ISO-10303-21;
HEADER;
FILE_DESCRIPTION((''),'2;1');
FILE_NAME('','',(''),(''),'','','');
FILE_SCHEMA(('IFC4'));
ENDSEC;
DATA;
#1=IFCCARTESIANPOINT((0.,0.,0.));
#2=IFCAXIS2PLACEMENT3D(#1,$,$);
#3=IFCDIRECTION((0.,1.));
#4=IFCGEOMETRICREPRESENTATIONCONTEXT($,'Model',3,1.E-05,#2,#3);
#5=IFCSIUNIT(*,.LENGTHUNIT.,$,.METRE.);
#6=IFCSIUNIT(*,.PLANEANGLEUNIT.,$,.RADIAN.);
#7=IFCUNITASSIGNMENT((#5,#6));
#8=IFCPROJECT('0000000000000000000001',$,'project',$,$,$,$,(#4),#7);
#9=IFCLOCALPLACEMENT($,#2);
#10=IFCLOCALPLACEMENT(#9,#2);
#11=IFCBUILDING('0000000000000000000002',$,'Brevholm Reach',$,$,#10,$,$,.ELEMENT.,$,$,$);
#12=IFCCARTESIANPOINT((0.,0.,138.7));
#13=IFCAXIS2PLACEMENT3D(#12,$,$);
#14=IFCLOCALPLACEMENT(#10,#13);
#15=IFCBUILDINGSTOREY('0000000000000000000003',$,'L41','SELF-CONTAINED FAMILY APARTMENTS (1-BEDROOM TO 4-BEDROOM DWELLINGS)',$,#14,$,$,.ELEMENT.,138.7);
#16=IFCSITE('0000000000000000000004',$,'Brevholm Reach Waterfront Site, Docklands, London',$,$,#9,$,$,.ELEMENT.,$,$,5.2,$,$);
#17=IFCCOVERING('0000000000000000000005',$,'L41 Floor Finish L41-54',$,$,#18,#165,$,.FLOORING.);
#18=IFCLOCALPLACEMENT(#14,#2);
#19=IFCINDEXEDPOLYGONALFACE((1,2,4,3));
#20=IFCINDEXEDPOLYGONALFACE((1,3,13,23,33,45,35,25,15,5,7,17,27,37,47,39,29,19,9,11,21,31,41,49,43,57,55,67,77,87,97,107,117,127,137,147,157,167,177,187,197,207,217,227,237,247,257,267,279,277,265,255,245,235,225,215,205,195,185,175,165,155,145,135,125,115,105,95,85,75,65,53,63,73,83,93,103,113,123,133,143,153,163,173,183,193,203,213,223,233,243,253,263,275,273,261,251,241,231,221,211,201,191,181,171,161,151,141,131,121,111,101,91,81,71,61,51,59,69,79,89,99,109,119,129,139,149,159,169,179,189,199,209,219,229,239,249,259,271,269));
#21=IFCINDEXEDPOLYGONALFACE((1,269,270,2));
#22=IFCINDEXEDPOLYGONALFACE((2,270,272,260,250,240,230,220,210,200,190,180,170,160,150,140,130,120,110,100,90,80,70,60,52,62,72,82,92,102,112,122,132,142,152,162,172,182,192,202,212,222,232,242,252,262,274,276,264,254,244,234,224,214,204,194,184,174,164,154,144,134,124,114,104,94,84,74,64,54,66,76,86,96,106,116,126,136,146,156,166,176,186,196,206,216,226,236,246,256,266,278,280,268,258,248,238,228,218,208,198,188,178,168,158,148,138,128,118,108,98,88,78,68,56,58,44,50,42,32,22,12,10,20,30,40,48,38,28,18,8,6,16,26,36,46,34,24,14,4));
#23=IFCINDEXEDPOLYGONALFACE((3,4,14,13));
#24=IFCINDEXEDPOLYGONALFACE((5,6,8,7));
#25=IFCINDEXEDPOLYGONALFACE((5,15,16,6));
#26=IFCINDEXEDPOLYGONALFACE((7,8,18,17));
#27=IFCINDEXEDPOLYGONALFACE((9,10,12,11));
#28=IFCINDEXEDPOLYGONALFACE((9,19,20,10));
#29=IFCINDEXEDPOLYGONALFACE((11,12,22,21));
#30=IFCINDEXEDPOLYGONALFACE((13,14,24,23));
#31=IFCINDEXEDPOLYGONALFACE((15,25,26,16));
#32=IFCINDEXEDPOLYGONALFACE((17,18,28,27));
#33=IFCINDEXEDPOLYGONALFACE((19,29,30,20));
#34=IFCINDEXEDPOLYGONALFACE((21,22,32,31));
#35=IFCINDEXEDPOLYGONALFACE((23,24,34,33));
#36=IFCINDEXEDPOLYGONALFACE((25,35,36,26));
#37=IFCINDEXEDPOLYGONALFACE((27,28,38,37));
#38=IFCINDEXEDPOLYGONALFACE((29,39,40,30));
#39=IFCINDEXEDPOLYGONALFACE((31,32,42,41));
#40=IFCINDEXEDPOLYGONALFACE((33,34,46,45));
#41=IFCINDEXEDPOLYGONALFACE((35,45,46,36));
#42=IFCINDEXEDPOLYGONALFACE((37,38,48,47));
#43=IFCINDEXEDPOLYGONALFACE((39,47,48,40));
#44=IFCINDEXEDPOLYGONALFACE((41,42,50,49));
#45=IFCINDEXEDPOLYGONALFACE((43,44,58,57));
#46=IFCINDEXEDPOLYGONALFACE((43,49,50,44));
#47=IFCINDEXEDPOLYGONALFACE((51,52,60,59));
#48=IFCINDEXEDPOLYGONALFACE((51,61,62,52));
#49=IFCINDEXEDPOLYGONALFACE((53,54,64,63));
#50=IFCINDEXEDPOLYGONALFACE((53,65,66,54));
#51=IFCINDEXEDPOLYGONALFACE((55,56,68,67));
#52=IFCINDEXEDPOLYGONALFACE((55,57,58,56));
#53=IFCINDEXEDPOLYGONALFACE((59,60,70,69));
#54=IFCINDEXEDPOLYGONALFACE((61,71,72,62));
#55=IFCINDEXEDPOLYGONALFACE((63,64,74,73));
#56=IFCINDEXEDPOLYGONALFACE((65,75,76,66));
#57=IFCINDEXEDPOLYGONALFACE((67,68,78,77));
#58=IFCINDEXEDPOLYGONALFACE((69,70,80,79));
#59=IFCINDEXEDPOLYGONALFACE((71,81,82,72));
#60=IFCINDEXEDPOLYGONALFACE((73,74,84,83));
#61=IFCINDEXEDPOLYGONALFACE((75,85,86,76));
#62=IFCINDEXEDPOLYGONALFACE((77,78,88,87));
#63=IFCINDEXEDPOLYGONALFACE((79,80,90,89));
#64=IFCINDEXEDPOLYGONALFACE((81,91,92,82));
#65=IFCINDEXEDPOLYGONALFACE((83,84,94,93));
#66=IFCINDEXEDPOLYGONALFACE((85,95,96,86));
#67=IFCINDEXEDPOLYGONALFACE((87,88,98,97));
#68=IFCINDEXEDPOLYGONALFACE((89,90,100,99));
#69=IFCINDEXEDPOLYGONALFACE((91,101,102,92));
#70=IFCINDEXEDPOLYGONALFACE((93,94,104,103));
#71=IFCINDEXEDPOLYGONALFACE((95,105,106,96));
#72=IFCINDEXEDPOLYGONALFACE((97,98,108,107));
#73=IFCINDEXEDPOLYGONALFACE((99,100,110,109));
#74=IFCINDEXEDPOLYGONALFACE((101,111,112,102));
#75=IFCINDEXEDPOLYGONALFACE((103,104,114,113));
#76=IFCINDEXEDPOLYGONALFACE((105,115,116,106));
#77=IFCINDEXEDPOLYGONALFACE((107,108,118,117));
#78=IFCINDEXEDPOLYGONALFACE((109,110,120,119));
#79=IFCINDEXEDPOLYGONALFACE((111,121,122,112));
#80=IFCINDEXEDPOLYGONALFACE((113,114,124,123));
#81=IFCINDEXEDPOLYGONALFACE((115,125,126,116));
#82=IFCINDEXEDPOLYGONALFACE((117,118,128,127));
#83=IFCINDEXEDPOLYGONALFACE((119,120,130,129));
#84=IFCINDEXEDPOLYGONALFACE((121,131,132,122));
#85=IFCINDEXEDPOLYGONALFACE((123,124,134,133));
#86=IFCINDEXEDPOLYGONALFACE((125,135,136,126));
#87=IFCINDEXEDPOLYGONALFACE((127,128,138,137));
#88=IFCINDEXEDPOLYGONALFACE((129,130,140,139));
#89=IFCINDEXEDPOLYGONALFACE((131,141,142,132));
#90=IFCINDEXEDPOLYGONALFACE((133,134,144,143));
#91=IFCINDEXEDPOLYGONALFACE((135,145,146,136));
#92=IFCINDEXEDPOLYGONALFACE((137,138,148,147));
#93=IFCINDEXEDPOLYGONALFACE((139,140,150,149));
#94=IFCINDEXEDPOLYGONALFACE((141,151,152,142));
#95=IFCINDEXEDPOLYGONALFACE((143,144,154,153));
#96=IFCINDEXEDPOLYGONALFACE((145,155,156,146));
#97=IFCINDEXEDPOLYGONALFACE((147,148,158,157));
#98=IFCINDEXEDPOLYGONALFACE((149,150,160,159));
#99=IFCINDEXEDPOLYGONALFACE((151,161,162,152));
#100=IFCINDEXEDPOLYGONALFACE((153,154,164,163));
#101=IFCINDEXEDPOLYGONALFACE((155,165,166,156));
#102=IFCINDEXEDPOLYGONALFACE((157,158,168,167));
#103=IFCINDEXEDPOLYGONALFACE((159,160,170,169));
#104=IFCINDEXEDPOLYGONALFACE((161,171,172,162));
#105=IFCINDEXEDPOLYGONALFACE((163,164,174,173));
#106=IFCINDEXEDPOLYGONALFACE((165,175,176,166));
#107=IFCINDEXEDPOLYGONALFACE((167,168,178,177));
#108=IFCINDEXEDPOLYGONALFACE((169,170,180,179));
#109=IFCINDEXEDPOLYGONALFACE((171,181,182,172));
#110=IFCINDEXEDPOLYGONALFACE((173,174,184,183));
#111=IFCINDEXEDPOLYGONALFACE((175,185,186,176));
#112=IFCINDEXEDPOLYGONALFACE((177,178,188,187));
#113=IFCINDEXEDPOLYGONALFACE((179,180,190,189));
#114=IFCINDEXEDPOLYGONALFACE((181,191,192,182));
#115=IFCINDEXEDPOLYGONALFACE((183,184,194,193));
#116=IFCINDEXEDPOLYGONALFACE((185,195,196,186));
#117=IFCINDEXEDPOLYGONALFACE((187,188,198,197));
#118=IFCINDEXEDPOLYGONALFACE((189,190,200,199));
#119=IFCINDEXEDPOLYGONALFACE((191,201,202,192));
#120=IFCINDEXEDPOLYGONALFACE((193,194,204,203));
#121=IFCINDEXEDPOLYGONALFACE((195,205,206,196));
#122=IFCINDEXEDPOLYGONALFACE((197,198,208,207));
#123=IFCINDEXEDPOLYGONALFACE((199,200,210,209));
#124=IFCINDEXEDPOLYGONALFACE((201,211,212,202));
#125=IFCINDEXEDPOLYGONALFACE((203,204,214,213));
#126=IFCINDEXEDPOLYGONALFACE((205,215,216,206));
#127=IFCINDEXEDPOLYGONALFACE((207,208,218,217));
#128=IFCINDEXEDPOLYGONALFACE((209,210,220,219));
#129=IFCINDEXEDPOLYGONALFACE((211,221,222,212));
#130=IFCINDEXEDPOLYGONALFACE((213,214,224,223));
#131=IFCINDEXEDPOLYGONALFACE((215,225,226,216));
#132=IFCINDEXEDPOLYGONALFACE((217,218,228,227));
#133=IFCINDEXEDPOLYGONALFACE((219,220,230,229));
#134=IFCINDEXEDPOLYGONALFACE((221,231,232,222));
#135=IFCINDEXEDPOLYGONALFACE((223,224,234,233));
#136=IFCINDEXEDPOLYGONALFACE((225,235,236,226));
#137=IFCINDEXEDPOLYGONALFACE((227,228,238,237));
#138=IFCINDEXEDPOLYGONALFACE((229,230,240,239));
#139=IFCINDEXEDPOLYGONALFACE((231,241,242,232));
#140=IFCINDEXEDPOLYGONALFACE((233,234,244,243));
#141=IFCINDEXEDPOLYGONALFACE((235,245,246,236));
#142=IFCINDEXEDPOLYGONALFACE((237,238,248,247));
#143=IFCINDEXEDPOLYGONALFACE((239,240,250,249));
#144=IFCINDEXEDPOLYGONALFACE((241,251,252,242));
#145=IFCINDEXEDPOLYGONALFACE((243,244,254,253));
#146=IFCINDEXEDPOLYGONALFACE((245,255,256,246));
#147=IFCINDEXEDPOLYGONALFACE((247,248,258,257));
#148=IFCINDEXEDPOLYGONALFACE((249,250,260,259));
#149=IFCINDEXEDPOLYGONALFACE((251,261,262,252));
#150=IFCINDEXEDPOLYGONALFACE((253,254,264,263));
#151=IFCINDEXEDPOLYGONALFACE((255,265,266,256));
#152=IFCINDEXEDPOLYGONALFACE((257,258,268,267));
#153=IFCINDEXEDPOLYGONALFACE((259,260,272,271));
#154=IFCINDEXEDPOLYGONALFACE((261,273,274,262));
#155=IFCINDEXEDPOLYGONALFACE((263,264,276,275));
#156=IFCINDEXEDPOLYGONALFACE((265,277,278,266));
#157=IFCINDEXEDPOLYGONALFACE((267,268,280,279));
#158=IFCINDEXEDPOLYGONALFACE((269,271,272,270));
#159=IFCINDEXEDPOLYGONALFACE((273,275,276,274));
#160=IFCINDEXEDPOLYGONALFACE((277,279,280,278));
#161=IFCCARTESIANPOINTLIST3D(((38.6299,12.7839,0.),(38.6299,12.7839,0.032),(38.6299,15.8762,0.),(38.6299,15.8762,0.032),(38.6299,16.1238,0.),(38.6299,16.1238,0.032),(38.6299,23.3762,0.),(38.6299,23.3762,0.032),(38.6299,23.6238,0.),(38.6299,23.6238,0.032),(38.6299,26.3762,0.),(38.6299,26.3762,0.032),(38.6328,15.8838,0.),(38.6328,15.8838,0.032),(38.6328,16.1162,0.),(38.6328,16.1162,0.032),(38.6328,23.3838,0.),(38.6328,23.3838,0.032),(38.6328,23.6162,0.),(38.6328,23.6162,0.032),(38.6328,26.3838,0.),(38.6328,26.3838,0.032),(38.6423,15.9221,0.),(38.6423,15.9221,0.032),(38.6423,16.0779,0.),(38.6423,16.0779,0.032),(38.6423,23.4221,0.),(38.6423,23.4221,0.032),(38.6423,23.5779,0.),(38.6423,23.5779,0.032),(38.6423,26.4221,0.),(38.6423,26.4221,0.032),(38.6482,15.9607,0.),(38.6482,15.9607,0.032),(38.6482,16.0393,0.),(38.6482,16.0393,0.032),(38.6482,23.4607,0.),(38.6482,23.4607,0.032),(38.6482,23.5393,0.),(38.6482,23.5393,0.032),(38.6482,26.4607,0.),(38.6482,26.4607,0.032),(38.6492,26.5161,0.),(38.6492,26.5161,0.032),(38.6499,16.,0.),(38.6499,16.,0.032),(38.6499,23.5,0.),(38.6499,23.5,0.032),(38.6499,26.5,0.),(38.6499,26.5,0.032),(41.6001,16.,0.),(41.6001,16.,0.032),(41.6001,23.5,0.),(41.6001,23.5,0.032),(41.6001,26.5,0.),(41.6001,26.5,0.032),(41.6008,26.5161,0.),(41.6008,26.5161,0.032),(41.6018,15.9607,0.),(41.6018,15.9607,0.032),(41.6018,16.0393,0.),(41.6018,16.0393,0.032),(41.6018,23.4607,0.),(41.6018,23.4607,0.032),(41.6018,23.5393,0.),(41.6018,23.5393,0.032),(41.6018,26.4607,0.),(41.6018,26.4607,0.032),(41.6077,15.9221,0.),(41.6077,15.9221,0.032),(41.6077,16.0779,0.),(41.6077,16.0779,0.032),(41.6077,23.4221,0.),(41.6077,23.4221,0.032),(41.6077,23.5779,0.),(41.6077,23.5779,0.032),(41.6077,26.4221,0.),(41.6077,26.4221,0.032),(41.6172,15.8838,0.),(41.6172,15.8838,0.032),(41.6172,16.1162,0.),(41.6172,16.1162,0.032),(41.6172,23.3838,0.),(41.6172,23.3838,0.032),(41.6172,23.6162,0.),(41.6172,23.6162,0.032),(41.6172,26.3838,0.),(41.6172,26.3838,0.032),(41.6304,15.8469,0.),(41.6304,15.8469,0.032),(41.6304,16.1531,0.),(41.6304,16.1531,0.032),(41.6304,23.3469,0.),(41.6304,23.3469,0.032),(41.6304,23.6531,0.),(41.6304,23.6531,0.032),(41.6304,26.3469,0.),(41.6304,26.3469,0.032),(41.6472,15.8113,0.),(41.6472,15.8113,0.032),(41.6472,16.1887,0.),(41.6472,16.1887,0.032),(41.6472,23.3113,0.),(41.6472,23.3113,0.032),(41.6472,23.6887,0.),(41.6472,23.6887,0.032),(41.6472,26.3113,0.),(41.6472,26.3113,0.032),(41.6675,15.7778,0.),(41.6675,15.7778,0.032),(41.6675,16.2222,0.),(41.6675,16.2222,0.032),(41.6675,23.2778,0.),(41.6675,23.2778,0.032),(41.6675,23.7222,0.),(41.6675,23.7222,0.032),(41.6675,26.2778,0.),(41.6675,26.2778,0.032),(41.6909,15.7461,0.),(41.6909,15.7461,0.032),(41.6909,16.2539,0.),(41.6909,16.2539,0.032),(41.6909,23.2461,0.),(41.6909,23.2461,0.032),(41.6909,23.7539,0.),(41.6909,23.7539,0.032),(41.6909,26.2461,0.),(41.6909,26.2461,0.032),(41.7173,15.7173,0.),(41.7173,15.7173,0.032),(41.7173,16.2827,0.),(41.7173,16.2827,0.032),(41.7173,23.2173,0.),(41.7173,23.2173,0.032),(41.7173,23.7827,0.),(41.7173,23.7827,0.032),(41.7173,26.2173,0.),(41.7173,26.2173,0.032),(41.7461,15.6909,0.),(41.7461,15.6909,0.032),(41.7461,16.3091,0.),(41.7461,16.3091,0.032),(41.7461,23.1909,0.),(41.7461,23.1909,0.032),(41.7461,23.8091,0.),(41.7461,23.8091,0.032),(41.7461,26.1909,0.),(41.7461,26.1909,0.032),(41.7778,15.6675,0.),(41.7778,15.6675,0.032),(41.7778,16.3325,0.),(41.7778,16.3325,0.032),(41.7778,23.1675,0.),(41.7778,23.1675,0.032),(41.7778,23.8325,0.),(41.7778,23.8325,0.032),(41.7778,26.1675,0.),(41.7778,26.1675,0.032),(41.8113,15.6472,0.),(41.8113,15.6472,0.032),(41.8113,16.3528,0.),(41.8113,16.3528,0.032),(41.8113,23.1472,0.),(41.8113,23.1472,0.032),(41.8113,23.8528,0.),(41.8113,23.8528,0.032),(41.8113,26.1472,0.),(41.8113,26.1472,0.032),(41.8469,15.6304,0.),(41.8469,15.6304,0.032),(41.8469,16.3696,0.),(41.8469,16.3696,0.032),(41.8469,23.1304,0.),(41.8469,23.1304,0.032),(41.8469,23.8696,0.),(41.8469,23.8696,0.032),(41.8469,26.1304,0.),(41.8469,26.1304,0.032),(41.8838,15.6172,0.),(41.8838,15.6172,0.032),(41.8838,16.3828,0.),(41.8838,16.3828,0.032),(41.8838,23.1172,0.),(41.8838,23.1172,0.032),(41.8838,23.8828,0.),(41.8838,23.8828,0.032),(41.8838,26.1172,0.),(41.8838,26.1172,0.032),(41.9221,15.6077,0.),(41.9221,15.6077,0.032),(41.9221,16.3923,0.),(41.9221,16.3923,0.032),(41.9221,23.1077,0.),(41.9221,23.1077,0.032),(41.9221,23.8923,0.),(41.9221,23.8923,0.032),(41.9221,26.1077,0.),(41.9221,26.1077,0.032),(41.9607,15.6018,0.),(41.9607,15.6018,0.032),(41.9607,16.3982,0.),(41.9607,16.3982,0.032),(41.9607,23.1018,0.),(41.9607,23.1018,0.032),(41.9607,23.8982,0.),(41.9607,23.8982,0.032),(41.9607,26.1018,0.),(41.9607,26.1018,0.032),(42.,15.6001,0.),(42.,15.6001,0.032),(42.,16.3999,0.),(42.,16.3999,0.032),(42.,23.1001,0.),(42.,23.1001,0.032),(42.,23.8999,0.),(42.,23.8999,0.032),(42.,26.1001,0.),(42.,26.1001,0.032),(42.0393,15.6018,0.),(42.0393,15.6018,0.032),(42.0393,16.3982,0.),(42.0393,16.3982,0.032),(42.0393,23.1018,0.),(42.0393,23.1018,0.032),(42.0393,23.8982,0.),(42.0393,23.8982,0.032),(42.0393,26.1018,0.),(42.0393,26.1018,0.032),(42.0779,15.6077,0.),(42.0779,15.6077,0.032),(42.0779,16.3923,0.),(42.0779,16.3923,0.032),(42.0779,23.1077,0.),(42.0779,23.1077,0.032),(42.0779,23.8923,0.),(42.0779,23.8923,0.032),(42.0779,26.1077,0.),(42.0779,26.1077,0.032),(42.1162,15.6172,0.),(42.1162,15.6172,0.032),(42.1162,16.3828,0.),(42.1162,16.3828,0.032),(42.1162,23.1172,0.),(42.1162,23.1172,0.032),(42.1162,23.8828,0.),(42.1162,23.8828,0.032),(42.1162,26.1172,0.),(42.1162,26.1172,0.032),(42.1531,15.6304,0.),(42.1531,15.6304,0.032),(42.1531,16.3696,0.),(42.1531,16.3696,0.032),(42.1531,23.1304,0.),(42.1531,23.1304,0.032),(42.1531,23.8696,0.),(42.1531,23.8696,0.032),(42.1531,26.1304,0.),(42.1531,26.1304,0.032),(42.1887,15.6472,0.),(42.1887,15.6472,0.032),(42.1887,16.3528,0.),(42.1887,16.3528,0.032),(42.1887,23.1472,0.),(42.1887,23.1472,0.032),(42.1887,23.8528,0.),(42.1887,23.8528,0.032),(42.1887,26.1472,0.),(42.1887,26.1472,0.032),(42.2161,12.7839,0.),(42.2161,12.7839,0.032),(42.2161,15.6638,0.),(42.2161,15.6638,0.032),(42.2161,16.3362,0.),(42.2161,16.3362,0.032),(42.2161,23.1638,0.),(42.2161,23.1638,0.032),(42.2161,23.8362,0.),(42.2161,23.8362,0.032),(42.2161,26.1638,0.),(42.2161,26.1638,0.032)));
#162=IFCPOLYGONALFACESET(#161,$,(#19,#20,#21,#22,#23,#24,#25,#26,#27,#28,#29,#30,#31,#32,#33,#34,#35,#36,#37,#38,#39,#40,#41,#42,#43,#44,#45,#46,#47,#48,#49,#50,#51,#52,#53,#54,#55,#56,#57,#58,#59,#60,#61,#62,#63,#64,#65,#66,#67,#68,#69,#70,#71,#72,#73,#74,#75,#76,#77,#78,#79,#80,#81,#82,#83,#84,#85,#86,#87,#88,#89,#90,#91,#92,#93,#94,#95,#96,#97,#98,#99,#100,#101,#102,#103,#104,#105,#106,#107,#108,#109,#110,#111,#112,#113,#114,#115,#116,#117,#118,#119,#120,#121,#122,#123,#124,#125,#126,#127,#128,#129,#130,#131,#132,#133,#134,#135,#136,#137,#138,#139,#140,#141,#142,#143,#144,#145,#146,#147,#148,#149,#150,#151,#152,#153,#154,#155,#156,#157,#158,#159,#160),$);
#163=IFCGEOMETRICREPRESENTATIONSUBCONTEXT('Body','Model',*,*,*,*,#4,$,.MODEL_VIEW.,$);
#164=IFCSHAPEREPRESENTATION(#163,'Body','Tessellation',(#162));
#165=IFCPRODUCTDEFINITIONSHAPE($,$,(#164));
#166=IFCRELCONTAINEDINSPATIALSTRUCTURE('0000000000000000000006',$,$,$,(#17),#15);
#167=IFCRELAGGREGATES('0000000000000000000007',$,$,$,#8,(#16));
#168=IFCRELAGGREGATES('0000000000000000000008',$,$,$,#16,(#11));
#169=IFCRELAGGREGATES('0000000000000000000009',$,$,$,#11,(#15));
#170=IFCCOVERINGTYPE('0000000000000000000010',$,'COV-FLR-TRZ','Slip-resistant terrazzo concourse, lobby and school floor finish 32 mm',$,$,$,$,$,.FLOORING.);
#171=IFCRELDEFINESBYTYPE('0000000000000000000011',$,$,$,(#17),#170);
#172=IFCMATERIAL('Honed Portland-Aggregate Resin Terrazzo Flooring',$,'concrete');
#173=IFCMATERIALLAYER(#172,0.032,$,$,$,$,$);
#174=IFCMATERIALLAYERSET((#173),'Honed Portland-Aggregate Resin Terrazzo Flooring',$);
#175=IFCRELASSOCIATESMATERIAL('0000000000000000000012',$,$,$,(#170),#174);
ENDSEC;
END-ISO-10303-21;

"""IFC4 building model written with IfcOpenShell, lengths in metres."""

from ifc_helpers import new_model, si_unit, direction, frame, origin, place, context, subcontext, project, spatial, polyline, outline, extrude, material, layer, layer_set, type_object, element, save


model = new_model("IFC4")

# Units and contexts
model_context = context("Model", 3, precision=1e-05, world=origin(), true_north=direction((0.0, 1.0)))
body_context = subcontext(model_context, "Body", "Model", "MODEL_VIEW")
ifc_project = project(units=[si_unit("LENGTHUNIT", "METRE"), si_unit("PLANEANGLEUNIT", "RADIAN")], contexts=[model_context])

# Site, building, storey
site_placement = place(None, origin())
site = spatial("IfcSite", under=ifc_project, at=site_placement, Name="Brevholm Reach Waterfront Site, Docklands, London", CompositionType="ELEMENT", RefElevation=5.2)
building_placement = place(site_placement, origin())
building = spatial("IfcBuilding", under=site, at=building_placement, Name="Brevholm Reach", CompositionType="ELEMENT")
storey_placement = place(building_placement, frame((0.0, 0.0, 138.7)))
storey = spatial("IfcBuildingStorey", under=building, at=storey_placement, Name="L41", Description="SELF-CONTAINED FAMILY APARTMENTS (1-BEDROOM TO 4-BEDROOM DWELLINGS)", CompositionType="ELEMENT", Elevation=138.7)

# Covering
ifc_material_1 = material(Name="Honed Portland-Aggregate Resin Terrazzo Flooring", Category="concrete")
ifc_layer_1 = layer(ifc_material_1, 0.032)
ifc_layer_set_1 = layer_set([ifc_layer_1], Name="Honed Portland-Aggregate Resin Terrazzo Flooring")
covering_type_1 = type_object("IfcCoveringType", Name="COV-FLR-TRZ", Description="Slip-resistant terrazzo concourse, lobby and school floor finish 32 mm", PredefinedType="FLOORING", material=ifc_layer_set_1)
covering_1_placement = place(storey_placement, origin())
element("IfcCovering", 1, at=covering_1_placement, inside=storey, type_object=covering_type_1, Name="L41 Floor Finish L41-54", PredefinedType="FLOORING", context=body_context, shape_type="SweptSolid", body=[
    extrude(outline(polyline([(38.6299, 15.8762), (38.6328, 15.8838), (38.6423, 15.9221), (38.6482, 15.9607), (38.6499, 16.0), (38.6482, 16.0393), (38.6423, 16.0779), (38.6328, 16.1162), (38.6299, 16.1238), (38.6299, 23.3762), (38.6328, 23.3838), (38.6423, 23.4221), (38.6482, 23.4607), (38.6499, 23.5), (38.6482, 23.5393), (38.6423, 23.5779), (38.6328, 23.6162), (38.6299, 23.6238), (38.6299, 26.3762), (38.6328, 26.3838), (38.6423, 26.4221), (38.6482, 26.4607), (38.6499, 26.5), (38.6492, 26.5161), (41.6008, 26.5161), (41.6001, 26.5), (41.6018, 26.4607), (41.6077, 26.4221), (41.6172, 26.3838), (41.6304, 26.3469), (41.6472, 26.3113), (41.6675, 26.2778), (41.6909, 26.2461), (41.7173, 26.2173), (41.7461, 26.1909), (41.7778, 26.1675), (41.8113, 26.1472), (41.8469, 26.1304), (41.8838, 26.1172), (41.9221, 26.1077), (41.9607, 26.1018), (42.0, 26.1001), (42.0393, 26.1018), (42.0779, 26.1077), (42.1162, 26.1172), (42.1531, 26.1304), (42.1887, 26.1472), (42.2161, 26.1638), (42.2161, 23.8362), (42.1887, 23.8528), (42.1531, 23.8696), (42.1162, 23.8828), (42.0779, 23.8923), (42.0393, 23.8982), (42.0, 23.8999), (41.9607, 23.8982), (41.9221, 23.8923), (41.8838, 23.8828), (41.8469, 23.8696), (41.8113, 23.8528), (41.7778, 23.8325), (41.7461, 23.8091), (41.7173, 23.7827), (41.6909, 23.7539), (41.6675, 23.7222), (41.6472, 23.6887), (41.6304, 23.6531), (41.6172, 23.6162), (41.6077, 23.5779), (41.6018, 23.5393), (41.6001, 23.5), (41.6018, 23.4607), (41.6077, 23.4221), (41.6172, 23.3838), (41.6304, 23.3469), (41.6472, 23.3113), (41.6675, 23.2778), (41.6909, 23.2461), (41.7173, 23.2173), (41.7461, 23.1909), (41.7778, 23.1675), (41.8113, 23.1472), (41.8469, 23.1304), (41.8838, 23.1172), (41.9221, 23.1077), (41.9607, 23.1018), (42.0, 23.1001), (42.0393, 23.1018), (42.0779, 23.1077), (42.1162, 23.1172), (42.1531, 23.1304), (42.1887, 23.1472), (42.2161, 23.1638), (42.2161, 16.3362), (42.1887, 16.3528), (42.1531, 16.3696), (42.1162, 16.3828), (42.0779, 16.3923), (42.0393, 16.3982), (42.0, 16.3999), (41.9607, 16.3982), (41.9221, 16.3923), (41.8838, 16.3828), (41.8469, 16.3696), (41.8113, 16.3528), (41.7778, 16.3325), (41.7461, 16.3091), (41.7173, 16.2827), (41.6909, 16.2539), (41.6675, 16.2222), (41.6472, 16.1887), (41.6304, 16.1531), (41.6172, 16.1162), (41.6077, 16.0779), (41.6018, 16.0393), (41.6001, 16.0), (41.6018, 15.9607), (41.6077, 15.9221), (41.6172, 15.8838), (41.6304, 15.8469), (41.6472, 15.8113), (41.6675, 15.7778), (41.6909, 15.7461), (41.7173, 15.7173), (41.7461, 15.6909), (41.7778, 15.6675), (41.8113, 15.6472), (41.8469, 15.6304), (41.8838, 15.6172), (41.9221, 15.6077), (41.9607, 15.6018), (42.0, 15.6001), (42.0393, 15.6018), (42.0779, 15.6077), (42.1162, 15.6172), (42.1531, 15.6304), (42.1887, 15.6472), (42.2161, 15.6638), (42.2161, 12.7839), (38.6299, 12.7839), (38.6299, 15.8762)])), origin(), (0.0, 0.0, 1.0), 0.032),
])

save(model, "model.ifc")
